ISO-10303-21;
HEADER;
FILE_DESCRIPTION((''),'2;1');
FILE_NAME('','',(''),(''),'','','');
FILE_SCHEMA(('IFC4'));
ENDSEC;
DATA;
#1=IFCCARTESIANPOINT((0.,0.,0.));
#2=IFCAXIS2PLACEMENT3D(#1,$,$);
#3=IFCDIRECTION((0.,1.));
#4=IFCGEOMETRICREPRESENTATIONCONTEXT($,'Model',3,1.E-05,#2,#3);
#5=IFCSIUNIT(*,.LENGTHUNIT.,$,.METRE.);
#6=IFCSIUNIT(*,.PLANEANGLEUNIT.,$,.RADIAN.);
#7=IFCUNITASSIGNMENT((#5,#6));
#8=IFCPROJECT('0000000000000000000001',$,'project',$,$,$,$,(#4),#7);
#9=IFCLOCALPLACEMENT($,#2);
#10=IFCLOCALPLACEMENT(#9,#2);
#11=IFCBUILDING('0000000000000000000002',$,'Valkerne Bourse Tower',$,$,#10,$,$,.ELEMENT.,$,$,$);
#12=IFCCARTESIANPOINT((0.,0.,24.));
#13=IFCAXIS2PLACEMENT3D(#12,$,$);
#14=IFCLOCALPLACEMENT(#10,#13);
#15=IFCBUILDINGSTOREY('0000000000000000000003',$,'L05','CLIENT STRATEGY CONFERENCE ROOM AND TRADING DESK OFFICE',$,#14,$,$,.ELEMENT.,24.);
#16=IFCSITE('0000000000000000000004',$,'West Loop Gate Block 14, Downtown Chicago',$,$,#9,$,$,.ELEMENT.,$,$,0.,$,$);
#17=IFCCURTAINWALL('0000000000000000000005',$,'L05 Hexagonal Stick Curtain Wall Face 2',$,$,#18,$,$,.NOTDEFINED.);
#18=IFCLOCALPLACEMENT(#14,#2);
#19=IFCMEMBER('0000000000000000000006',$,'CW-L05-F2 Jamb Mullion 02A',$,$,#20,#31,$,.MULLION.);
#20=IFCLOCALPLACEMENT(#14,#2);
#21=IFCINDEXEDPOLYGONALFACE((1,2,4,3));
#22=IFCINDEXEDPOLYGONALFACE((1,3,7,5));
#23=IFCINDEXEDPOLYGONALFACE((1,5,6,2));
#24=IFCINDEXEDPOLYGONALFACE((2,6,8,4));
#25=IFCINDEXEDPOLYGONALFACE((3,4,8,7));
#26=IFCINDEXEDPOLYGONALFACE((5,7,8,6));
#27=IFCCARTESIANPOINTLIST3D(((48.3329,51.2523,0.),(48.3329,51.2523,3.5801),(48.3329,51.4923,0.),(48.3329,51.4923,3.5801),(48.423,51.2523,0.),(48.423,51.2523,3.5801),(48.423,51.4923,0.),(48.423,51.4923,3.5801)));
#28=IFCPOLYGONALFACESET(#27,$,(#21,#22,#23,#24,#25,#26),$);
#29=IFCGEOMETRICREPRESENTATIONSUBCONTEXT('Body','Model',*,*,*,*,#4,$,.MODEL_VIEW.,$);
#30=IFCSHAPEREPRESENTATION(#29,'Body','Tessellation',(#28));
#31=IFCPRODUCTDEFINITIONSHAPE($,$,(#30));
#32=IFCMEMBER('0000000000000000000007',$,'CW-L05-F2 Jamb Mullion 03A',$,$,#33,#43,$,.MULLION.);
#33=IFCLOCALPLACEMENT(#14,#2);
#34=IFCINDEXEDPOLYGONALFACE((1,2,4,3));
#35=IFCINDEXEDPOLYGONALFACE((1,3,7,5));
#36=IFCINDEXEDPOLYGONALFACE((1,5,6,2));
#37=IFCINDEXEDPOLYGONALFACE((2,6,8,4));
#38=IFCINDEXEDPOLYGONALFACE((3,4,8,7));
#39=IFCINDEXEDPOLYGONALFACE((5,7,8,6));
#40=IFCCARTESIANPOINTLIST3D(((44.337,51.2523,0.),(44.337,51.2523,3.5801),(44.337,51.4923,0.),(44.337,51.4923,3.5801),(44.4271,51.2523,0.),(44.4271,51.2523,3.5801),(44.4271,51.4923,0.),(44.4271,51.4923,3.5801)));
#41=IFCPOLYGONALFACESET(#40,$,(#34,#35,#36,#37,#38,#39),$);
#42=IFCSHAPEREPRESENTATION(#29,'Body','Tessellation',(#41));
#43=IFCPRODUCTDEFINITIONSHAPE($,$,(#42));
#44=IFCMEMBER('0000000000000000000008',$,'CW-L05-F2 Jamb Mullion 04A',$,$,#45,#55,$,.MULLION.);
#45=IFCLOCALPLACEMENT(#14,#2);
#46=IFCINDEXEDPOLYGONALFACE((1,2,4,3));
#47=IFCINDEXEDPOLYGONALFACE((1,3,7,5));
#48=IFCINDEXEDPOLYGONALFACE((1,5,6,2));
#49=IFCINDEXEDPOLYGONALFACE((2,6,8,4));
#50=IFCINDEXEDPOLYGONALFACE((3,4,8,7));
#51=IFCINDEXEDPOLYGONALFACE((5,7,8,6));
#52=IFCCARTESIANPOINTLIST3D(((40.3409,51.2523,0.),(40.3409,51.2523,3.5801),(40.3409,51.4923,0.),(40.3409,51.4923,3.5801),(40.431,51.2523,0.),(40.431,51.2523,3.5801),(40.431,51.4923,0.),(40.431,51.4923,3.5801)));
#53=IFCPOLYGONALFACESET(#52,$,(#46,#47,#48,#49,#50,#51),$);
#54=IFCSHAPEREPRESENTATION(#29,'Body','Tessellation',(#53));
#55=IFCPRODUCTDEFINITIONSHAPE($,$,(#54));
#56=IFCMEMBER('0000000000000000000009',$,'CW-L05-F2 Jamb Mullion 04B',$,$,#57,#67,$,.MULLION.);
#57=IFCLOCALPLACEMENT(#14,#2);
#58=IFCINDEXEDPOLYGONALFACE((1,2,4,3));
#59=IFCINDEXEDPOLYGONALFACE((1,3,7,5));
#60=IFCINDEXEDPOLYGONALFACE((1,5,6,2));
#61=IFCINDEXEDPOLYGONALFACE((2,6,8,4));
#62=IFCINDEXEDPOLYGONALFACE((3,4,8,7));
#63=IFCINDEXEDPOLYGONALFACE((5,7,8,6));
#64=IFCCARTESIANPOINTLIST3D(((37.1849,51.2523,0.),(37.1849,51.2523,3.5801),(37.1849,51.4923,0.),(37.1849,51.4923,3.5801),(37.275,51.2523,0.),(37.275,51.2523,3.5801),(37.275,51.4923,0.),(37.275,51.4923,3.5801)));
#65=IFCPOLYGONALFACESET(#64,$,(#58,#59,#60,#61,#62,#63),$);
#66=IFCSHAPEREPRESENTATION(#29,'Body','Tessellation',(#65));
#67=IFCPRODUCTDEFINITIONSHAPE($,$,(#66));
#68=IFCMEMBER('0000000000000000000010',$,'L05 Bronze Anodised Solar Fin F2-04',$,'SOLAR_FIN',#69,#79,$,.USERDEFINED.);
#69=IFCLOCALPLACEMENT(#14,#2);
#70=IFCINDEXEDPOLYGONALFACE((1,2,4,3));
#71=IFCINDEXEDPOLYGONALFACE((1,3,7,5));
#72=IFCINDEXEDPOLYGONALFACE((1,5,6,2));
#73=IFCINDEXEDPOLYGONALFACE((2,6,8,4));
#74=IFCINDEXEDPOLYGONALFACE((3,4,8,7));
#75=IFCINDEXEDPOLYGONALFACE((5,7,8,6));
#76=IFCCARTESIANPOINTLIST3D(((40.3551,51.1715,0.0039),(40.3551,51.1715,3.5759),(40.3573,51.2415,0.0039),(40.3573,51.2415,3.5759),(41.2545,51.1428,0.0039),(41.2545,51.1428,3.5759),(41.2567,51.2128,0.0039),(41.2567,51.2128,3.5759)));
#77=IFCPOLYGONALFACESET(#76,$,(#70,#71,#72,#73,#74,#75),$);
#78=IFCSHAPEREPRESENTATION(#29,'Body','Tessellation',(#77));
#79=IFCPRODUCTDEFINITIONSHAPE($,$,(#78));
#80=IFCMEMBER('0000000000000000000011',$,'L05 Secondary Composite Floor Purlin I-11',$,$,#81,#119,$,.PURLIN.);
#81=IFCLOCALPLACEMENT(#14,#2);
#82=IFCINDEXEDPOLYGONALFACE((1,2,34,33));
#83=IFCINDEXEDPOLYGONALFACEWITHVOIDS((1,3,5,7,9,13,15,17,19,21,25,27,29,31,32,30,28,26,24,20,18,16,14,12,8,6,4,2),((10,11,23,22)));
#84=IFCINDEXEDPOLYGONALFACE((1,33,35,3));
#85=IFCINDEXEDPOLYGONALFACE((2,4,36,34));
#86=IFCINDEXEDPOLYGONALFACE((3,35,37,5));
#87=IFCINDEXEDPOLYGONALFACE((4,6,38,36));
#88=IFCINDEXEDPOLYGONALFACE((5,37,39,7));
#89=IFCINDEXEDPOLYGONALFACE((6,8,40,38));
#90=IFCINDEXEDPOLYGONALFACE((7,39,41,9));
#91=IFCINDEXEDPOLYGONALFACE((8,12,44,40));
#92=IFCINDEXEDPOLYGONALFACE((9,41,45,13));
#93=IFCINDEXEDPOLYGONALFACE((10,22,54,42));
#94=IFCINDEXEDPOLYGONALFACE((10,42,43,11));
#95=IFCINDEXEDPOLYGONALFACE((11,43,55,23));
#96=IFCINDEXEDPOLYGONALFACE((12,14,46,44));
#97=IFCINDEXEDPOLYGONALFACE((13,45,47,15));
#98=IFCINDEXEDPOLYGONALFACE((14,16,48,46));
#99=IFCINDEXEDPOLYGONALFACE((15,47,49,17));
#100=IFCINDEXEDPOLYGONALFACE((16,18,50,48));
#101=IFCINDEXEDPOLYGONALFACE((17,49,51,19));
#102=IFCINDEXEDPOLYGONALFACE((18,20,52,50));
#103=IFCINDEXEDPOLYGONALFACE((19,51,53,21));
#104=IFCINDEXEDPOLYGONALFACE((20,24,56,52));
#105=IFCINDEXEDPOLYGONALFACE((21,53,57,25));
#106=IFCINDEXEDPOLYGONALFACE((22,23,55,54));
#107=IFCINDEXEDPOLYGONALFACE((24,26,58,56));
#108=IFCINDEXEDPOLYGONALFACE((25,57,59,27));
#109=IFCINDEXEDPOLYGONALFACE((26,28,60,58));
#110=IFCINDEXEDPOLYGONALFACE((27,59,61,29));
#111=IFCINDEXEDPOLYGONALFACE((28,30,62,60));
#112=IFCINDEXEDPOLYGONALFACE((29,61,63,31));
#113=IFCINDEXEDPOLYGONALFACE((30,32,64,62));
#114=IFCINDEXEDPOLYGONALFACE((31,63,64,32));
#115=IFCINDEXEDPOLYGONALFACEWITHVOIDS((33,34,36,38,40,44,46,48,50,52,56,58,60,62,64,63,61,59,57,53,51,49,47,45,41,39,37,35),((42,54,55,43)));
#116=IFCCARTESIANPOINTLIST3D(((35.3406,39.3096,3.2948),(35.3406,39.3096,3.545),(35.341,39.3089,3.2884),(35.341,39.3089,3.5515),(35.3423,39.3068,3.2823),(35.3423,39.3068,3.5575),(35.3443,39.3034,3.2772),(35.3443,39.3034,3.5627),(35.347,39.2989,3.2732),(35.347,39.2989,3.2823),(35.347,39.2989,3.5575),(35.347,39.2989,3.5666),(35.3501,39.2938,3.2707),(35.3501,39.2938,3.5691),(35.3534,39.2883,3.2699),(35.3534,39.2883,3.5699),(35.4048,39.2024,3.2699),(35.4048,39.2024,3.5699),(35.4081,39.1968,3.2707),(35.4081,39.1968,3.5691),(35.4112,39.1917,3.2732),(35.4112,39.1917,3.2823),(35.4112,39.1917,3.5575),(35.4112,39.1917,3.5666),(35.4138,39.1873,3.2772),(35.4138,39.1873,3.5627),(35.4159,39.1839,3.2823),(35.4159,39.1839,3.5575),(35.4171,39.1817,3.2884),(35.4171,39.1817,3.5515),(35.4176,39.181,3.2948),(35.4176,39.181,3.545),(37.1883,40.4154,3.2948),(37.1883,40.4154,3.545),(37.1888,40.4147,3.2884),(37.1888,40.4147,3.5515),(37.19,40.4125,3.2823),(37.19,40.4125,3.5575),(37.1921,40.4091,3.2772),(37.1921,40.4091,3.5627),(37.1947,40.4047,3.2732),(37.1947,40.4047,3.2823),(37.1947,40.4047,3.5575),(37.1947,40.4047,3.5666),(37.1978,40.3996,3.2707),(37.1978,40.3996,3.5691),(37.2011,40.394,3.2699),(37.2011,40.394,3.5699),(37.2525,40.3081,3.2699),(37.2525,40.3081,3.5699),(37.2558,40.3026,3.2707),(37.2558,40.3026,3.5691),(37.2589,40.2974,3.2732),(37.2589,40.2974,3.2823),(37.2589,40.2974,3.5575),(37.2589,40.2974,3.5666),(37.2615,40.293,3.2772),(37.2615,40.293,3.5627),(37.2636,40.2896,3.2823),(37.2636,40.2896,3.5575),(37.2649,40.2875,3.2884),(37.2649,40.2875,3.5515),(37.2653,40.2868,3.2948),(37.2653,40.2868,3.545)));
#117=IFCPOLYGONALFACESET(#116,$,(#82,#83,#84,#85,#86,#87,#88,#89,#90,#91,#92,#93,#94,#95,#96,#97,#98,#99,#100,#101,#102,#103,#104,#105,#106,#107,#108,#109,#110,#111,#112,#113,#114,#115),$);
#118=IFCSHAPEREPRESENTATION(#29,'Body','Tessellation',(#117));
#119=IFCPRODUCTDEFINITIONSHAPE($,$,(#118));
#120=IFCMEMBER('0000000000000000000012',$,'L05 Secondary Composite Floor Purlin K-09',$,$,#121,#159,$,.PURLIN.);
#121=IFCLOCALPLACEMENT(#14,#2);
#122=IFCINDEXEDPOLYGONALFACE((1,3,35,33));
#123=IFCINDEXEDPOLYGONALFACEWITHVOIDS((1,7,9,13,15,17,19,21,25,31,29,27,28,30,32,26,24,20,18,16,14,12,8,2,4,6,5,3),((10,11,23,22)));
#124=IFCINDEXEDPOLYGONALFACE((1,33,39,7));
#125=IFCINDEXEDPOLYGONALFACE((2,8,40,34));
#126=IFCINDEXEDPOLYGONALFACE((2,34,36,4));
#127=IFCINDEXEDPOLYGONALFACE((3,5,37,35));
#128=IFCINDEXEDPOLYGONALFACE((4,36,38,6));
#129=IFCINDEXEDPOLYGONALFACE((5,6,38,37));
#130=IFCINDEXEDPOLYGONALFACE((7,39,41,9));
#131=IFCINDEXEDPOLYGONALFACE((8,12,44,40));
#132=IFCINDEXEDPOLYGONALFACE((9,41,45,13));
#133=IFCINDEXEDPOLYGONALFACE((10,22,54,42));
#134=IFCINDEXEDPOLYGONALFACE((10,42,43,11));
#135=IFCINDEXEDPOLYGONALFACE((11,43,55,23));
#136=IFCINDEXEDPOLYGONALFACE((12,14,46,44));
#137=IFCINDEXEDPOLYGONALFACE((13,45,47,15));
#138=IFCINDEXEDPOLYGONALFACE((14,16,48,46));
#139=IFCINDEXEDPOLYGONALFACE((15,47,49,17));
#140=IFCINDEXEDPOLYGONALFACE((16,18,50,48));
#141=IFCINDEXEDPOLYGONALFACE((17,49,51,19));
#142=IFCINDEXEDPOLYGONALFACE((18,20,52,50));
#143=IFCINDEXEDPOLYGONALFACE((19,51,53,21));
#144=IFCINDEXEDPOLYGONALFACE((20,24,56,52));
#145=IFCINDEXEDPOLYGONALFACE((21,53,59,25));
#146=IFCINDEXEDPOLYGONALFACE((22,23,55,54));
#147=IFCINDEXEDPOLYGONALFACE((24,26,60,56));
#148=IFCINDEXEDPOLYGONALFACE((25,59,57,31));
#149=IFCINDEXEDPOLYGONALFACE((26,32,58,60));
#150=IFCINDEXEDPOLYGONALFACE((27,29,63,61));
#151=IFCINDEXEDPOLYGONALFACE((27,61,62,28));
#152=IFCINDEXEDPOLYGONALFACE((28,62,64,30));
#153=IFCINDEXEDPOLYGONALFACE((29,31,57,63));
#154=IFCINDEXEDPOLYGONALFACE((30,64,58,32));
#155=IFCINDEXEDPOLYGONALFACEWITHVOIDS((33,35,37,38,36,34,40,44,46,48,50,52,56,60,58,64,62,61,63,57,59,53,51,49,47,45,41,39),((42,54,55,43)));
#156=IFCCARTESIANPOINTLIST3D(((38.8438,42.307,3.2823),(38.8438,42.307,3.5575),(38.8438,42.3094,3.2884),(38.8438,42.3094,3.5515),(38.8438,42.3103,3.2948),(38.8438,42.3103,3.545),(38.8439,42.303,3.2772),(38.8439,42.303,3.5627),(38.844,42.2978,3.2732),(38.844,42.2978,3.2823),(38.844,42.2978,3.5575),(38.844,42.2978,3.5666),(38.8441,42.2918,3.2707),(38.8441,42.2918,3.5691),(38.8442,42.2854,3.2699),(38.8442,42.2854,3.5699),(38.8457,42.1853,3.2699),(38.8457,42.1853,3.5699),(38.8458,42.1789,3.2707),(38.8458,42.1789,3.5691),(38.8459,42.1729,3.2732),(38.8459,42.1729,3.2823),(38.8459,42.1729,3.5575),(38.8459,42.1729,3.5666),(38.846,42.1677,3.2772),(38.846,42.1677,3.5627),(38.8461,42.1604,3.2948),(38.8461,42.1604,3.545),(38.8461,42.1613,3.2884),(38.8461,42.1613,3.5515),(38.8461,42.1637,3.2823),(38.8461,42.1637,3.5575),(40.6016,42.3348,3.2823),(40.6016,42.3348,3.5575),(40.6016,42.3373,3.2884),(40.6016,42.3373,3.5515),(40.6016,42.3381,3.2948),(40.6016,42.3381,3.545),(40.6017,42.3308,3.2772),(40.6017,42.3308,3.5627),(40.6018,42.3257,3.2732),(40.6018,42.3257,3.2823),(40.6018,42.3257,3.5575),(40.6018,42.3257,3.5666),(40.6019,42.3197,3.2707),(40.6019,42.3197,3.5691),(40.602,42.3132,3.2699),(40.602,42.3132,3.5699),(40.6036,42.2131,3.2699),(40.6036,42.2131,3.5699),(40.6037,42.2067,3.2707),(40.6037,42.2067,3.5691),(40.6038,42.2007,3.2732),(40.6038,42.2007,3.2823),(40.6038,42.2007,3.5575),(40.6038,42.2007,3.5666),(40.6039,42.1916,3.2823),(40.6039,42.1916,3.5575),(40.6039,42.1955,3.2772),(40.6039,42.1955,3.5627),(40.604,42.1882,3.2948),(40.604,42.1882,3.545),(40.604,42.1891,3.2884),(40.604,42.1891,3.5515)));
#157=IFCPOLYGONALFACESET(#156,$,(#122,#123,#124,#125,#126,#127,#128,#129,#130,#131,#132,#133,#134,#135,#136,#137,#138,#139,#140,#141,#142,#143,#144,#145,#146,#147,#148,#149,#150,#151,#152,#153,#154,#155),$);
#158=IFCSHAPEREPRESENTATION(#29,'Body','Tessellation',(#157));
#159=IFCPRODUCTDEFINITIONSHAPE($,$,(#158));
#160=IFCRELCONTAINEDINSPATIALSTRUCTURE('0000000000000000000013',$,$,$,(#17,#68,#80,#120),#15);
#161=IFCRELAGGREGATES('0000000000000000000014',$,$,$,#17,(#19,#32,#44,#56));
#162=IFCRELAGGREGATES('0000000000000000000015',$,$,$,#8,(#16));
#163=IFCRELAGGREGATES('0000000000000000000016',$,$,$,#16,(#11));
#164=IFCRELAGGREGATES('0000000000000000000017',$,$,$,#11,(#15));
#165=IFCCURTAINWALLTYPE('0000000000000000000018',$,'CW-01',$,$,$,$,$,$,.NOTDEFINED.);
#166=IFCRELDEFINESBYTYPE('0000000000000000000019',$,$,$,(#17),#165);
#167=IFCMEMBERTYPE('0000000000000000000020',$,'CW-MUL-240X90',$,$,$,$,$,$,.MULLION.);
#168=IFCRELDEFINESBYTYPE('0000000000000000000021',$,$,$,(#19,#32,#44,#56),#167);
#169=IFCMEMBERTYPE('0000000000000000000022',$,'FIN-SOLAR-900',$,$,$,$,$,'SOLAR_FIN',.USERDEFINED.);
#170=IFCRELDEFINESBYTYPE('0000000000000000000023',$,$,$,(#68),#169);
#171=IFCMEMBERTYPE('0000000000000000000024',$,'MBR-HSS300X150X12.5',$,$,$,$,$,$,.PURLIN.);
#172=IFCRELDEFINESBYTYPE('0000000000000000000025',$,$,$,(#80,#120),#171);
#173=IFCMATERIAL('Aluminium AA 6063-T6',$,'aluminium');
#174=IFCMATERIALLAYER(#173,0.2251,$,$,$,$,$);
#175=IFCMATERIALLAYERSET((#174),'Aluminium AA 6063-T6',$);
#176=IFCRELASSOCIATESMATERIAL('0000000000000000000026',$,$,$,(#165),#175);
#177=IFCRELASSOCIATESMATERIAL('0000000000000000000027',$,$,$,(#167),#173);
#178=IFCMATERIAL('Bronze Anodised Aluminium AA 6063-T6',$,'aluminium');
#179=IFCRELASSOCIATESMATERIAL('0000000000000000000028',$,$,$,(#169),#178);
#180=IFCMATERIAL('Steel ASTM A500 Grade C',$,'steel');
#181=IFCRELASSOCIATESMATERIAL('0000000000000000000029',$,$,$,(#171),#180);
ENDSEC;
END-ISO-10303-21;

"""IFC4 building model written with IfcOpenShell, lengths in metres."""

from ifc_helpers import new_model, si_unit, direction, frame, origin, origin_2d, place, context, subcontext, project, spatial, rectangle, hollow_rectangle, extrude, material, layer, layer_set, material_profile, profile_set, type_object, element, aggregate, save


model = new_model("IFC4")

# Units and contexts
model_context = context("Model", 3, precision=1e-05, world=origin(), true_north=direction((0.0, 1.0)))
body_context = subcontext(model_context, "Body", "Model", "MODEL_VIEW")
ifc_project = project(units=[si_unit("LENGTHUNIT", "METRE"), si_unit("PLANEANGLEUNIT", "RADIAN")], contexts=[model_context])

# Site, building, storey
site_placement = place(None, origin())
site = spatial("IfcSite", under=ifc_project, at=site_placement, Name="West Loop Gate Block 14, Downtown Chicago", CompositionType="ELEMENT", RefElevation=0.0)
building_placement = place(site_placement, origin())
building = spatial("IfcBuilding", under=site, at=building_placement, Name="Valkerne Bourse Tower", CompositionType="ELEMENT")
storey_placement = place(building_placement, frame((0.0, 0.0, 24.0)))
storey = spatial("IfcBuildingStorey", under=building, at=storey_placement, Name="L05", Description="CLIENT STRATEGY CONFERENCE ROOM AND TRADING DESK OFFICE", CompositionType="ELEMENT", Elevation=24.0)

# Curtain wall, members
ifc_material_1 = material(Name="Aluminium AA 6063-T6", Category="aluminium")
ifc_layer_1 = layer(ifc_material_1, 0.2251)
ifc_layer_set_1 = layer_set([ifc_layer_1], Name="Aluminium AA 6063-T6")
curtain_wall_type = type_object("IfcCurtainWallType", Name="CW-01", PredefinedType="NOTDEFINED", material=ifc_layer_set_1)
curtain_wall_placement = place(storey_placement, origin())
curtain_wall = element("IfcCurtainWall", 1, at=curtain_wall_placement, inside=storey, type_object=curtain_wall_type, Name="L05 Hexagonal Stick Curtain Wall Face 2", PredefinedType="NOTDEFINED")
ifc_material_profile_1 = material_profile(ifc_material_1, rectangle(XDim=0.0901, YDim=0.24, at=origin_2d()), Name="CWM-90X240")
ifc_profile_set_1 = profile_set([ifc_material_profile_1], Name="Aluminium AA 6063-T6")
member_type_1 = type_object("IfcMemberType", Name="CW-MUL-240X90", PredefinedType="MULLION", material=ifc_profile_set_1)
member_1_placement = place(storey_placement, frame((48.3779, 51.3723, 0.0), z_axis=(0.0, 0.0, 1.0), x_axis=(-1.0, 0.0, 0.0)))
member_1 = element("IfcMember", 2, at=member_1_placement, type_object=member_type_1, Name="CW-L05-F2 Jamb Mullion 02A", PredefinedType="MULLION", context=body_context, shape_type="SweptSolid", body=[
    extrude(rectangle(XDim=0.0901, YDim=0.24, at=origin_2d()), origin(), (0.0, 0.0, 1.0), 3.5801),
])
member_2_placement = place(storey_placement, frame((44.3821, 51.3723, 0.0), z_axis=(0.0, 0.0, 1.0), x_axis=(-1.0, 0.0, 0.0)))
member_2 = element("IfcMember", 3, at=member_2_placement, type_object=member_type_1, Name="CW-L05-F2 Jamb Mullion 03A", PredefinedType="MULLION", context=body_context, shape_type="SweptSolid", body=[
    extrude(rectangle(XDim=0.0901, YDim=0.24, at=origin_2d()), origin(), (0.0, 0.0, 1.0), 3.5801),
])
member_3_placement = place(storey_placement, frame((40.386, 51.3723, 0.0), z_axis=(0.0, 0.0, 1.0), x_axis=(-1.0, 0.0, 0.0)))
member_3 = element("IfcMember", 4, at=member_3_placement, type_object=member_type_1, Name="CW-L05-F2 Jamb Mullion 04A", PredefinedType="MULLION", context=body_context, shape_type="SweptSolid", body=[
    extrude(rectangle(XDim=0.0901, YDim=0.24, at=origin_2d()), origin(), (0.0, 0.0, 1.0), 3.5801),
])
member_4_placement = place(storey_placement, frame((37.23, 51.3723, 0.0), z_axis=(0.0, 0.0, 1.0), x_axis=(-1.0, 0.0, 0.0)))
member_4 = element("IfcMember", 5, at=member_4_placement, type_object=member_type_1, Name="CW-L05-F2 Jamb Mullion 04B", PredefinedType="MULLION", context=body_context, shape_type="SweptSolid", body=[
    extrude(rectangle(XDim=0.0901, YDim=0.24, at=origin_2d()), origin(), (0.0, 0.0, 1.0), 3.5801),
])

# Members
ifc_material_2 = material(Name="Bronze Anodised Aluminium AA 6063-T6", Category="aluminium")
ifc_material_profile_2 = material_profile(ifc_material_2, rectangle(XDim=0.0701, YDim=0.8999, at=origin_2d()), Name="FIN-70X900")
ifc_profile_set_2 = profile_set([ifc_material_profile_2], Name="Bronze Anodised Aluminium AA 6063-T6")
member_type_2 = type_object("IfcMemberType", Name="FIN-SOLAR-900", ElementType="SOLAR_FIN", PredefinedType="USERDEFINED", material=ifc_profile_set_2)
member_5_placement = place(storey_placement, frame((40.8059, 51.1921, 0.0039), z_axis=(0.0, 0.0, 1.0), x_axis=(0.031888, 0.999491, 0.0)))
element("IfcMember", 6, at=member_5_placement, inside=storey, type_object=member_type_2, Name="L05 Bronze Anodised Solar Fin F2-04", ObjectType="SOLAR_FIN", PredefinedType="USERDEFINED", context=body_context, shape_type="SweptSolid", body=[
    extrude(rectangle(XDim=0.0701, YDim=0.8999, at=origin_2d()), origin(), (0.0, 0.0, 1.0), 3.572),
])
ifc_material_3 = material(Name="Steel ASTM A500 Grade C", Category="steel")
ifc_material_profile_3 = material_profile(ifc_material_3, hollow_rectangle(XDim=0.1499, YDim=0.3, WallThickness=0.0125, OuterFilletRadius=0.0249, at=origin_2d()), Name="HSS300X150X12.5")
ifc_profile_set_3 = profile_set([ifc_material_profile_3], Name="Steel ASTM A500 Grade C")
member_type_3 = type_object("IfcMemberType", Name="MBR-HSS300X150X12.5", PredefinedType="PURLIN", material=ifc_profile_set_3)
member_6_placement = place(storey_placement, frame((37.2268, 40.3511, 3.4199), z_axis=(-0.858083, -0.513512, 0.0), x_axis=(0.513512, -0.858083, 0.0)))
element("IfcMember", 7, at=member_6_placement, inside=storey, type_object=member_type_3, Name="L05 Secondary Composite Floor Purlin I-11", PredefinedType="PURLIN", context=body_context, shape_type="SweptSolid", body=[
    extrude(hollow_rectangle(XDim=0.1499, YDim=0.3, WallThickness=0.0125, OuterFilletRadius=0.0249, at=origin_2d()), origin(), (0.0, 0.0, 1.0), 2.1533),
])
member_7_placement = place(storey_placement, frame((40.6028, 42.2632, 3.4199), z_axis=(-0.999875, -0.015831, 0.0), x_axis=(0.015831, -0.999875, 0.0)))
element("IfcMember", 8, at=member_7_placement, inside=storey, type_object=member_type_3, Name="L05 Secondary Composite Floor Purlin K-09", PredefinedType="PURLIN", context=body_context, shape_type="SweptSolid", body=[
    extrude(hollow_rectangle(XDim=0.1499, YDim=0.3, WallThickness=0.0125, OuterFilletRadius=0.0249, at=origin_2d()), origin(), (0.0, 0.0, 1.0), 1.7581),
])

aggregate(curtain_wall, [member_1, member_2, member_3, member_4])

save(model, "model.ifc")
